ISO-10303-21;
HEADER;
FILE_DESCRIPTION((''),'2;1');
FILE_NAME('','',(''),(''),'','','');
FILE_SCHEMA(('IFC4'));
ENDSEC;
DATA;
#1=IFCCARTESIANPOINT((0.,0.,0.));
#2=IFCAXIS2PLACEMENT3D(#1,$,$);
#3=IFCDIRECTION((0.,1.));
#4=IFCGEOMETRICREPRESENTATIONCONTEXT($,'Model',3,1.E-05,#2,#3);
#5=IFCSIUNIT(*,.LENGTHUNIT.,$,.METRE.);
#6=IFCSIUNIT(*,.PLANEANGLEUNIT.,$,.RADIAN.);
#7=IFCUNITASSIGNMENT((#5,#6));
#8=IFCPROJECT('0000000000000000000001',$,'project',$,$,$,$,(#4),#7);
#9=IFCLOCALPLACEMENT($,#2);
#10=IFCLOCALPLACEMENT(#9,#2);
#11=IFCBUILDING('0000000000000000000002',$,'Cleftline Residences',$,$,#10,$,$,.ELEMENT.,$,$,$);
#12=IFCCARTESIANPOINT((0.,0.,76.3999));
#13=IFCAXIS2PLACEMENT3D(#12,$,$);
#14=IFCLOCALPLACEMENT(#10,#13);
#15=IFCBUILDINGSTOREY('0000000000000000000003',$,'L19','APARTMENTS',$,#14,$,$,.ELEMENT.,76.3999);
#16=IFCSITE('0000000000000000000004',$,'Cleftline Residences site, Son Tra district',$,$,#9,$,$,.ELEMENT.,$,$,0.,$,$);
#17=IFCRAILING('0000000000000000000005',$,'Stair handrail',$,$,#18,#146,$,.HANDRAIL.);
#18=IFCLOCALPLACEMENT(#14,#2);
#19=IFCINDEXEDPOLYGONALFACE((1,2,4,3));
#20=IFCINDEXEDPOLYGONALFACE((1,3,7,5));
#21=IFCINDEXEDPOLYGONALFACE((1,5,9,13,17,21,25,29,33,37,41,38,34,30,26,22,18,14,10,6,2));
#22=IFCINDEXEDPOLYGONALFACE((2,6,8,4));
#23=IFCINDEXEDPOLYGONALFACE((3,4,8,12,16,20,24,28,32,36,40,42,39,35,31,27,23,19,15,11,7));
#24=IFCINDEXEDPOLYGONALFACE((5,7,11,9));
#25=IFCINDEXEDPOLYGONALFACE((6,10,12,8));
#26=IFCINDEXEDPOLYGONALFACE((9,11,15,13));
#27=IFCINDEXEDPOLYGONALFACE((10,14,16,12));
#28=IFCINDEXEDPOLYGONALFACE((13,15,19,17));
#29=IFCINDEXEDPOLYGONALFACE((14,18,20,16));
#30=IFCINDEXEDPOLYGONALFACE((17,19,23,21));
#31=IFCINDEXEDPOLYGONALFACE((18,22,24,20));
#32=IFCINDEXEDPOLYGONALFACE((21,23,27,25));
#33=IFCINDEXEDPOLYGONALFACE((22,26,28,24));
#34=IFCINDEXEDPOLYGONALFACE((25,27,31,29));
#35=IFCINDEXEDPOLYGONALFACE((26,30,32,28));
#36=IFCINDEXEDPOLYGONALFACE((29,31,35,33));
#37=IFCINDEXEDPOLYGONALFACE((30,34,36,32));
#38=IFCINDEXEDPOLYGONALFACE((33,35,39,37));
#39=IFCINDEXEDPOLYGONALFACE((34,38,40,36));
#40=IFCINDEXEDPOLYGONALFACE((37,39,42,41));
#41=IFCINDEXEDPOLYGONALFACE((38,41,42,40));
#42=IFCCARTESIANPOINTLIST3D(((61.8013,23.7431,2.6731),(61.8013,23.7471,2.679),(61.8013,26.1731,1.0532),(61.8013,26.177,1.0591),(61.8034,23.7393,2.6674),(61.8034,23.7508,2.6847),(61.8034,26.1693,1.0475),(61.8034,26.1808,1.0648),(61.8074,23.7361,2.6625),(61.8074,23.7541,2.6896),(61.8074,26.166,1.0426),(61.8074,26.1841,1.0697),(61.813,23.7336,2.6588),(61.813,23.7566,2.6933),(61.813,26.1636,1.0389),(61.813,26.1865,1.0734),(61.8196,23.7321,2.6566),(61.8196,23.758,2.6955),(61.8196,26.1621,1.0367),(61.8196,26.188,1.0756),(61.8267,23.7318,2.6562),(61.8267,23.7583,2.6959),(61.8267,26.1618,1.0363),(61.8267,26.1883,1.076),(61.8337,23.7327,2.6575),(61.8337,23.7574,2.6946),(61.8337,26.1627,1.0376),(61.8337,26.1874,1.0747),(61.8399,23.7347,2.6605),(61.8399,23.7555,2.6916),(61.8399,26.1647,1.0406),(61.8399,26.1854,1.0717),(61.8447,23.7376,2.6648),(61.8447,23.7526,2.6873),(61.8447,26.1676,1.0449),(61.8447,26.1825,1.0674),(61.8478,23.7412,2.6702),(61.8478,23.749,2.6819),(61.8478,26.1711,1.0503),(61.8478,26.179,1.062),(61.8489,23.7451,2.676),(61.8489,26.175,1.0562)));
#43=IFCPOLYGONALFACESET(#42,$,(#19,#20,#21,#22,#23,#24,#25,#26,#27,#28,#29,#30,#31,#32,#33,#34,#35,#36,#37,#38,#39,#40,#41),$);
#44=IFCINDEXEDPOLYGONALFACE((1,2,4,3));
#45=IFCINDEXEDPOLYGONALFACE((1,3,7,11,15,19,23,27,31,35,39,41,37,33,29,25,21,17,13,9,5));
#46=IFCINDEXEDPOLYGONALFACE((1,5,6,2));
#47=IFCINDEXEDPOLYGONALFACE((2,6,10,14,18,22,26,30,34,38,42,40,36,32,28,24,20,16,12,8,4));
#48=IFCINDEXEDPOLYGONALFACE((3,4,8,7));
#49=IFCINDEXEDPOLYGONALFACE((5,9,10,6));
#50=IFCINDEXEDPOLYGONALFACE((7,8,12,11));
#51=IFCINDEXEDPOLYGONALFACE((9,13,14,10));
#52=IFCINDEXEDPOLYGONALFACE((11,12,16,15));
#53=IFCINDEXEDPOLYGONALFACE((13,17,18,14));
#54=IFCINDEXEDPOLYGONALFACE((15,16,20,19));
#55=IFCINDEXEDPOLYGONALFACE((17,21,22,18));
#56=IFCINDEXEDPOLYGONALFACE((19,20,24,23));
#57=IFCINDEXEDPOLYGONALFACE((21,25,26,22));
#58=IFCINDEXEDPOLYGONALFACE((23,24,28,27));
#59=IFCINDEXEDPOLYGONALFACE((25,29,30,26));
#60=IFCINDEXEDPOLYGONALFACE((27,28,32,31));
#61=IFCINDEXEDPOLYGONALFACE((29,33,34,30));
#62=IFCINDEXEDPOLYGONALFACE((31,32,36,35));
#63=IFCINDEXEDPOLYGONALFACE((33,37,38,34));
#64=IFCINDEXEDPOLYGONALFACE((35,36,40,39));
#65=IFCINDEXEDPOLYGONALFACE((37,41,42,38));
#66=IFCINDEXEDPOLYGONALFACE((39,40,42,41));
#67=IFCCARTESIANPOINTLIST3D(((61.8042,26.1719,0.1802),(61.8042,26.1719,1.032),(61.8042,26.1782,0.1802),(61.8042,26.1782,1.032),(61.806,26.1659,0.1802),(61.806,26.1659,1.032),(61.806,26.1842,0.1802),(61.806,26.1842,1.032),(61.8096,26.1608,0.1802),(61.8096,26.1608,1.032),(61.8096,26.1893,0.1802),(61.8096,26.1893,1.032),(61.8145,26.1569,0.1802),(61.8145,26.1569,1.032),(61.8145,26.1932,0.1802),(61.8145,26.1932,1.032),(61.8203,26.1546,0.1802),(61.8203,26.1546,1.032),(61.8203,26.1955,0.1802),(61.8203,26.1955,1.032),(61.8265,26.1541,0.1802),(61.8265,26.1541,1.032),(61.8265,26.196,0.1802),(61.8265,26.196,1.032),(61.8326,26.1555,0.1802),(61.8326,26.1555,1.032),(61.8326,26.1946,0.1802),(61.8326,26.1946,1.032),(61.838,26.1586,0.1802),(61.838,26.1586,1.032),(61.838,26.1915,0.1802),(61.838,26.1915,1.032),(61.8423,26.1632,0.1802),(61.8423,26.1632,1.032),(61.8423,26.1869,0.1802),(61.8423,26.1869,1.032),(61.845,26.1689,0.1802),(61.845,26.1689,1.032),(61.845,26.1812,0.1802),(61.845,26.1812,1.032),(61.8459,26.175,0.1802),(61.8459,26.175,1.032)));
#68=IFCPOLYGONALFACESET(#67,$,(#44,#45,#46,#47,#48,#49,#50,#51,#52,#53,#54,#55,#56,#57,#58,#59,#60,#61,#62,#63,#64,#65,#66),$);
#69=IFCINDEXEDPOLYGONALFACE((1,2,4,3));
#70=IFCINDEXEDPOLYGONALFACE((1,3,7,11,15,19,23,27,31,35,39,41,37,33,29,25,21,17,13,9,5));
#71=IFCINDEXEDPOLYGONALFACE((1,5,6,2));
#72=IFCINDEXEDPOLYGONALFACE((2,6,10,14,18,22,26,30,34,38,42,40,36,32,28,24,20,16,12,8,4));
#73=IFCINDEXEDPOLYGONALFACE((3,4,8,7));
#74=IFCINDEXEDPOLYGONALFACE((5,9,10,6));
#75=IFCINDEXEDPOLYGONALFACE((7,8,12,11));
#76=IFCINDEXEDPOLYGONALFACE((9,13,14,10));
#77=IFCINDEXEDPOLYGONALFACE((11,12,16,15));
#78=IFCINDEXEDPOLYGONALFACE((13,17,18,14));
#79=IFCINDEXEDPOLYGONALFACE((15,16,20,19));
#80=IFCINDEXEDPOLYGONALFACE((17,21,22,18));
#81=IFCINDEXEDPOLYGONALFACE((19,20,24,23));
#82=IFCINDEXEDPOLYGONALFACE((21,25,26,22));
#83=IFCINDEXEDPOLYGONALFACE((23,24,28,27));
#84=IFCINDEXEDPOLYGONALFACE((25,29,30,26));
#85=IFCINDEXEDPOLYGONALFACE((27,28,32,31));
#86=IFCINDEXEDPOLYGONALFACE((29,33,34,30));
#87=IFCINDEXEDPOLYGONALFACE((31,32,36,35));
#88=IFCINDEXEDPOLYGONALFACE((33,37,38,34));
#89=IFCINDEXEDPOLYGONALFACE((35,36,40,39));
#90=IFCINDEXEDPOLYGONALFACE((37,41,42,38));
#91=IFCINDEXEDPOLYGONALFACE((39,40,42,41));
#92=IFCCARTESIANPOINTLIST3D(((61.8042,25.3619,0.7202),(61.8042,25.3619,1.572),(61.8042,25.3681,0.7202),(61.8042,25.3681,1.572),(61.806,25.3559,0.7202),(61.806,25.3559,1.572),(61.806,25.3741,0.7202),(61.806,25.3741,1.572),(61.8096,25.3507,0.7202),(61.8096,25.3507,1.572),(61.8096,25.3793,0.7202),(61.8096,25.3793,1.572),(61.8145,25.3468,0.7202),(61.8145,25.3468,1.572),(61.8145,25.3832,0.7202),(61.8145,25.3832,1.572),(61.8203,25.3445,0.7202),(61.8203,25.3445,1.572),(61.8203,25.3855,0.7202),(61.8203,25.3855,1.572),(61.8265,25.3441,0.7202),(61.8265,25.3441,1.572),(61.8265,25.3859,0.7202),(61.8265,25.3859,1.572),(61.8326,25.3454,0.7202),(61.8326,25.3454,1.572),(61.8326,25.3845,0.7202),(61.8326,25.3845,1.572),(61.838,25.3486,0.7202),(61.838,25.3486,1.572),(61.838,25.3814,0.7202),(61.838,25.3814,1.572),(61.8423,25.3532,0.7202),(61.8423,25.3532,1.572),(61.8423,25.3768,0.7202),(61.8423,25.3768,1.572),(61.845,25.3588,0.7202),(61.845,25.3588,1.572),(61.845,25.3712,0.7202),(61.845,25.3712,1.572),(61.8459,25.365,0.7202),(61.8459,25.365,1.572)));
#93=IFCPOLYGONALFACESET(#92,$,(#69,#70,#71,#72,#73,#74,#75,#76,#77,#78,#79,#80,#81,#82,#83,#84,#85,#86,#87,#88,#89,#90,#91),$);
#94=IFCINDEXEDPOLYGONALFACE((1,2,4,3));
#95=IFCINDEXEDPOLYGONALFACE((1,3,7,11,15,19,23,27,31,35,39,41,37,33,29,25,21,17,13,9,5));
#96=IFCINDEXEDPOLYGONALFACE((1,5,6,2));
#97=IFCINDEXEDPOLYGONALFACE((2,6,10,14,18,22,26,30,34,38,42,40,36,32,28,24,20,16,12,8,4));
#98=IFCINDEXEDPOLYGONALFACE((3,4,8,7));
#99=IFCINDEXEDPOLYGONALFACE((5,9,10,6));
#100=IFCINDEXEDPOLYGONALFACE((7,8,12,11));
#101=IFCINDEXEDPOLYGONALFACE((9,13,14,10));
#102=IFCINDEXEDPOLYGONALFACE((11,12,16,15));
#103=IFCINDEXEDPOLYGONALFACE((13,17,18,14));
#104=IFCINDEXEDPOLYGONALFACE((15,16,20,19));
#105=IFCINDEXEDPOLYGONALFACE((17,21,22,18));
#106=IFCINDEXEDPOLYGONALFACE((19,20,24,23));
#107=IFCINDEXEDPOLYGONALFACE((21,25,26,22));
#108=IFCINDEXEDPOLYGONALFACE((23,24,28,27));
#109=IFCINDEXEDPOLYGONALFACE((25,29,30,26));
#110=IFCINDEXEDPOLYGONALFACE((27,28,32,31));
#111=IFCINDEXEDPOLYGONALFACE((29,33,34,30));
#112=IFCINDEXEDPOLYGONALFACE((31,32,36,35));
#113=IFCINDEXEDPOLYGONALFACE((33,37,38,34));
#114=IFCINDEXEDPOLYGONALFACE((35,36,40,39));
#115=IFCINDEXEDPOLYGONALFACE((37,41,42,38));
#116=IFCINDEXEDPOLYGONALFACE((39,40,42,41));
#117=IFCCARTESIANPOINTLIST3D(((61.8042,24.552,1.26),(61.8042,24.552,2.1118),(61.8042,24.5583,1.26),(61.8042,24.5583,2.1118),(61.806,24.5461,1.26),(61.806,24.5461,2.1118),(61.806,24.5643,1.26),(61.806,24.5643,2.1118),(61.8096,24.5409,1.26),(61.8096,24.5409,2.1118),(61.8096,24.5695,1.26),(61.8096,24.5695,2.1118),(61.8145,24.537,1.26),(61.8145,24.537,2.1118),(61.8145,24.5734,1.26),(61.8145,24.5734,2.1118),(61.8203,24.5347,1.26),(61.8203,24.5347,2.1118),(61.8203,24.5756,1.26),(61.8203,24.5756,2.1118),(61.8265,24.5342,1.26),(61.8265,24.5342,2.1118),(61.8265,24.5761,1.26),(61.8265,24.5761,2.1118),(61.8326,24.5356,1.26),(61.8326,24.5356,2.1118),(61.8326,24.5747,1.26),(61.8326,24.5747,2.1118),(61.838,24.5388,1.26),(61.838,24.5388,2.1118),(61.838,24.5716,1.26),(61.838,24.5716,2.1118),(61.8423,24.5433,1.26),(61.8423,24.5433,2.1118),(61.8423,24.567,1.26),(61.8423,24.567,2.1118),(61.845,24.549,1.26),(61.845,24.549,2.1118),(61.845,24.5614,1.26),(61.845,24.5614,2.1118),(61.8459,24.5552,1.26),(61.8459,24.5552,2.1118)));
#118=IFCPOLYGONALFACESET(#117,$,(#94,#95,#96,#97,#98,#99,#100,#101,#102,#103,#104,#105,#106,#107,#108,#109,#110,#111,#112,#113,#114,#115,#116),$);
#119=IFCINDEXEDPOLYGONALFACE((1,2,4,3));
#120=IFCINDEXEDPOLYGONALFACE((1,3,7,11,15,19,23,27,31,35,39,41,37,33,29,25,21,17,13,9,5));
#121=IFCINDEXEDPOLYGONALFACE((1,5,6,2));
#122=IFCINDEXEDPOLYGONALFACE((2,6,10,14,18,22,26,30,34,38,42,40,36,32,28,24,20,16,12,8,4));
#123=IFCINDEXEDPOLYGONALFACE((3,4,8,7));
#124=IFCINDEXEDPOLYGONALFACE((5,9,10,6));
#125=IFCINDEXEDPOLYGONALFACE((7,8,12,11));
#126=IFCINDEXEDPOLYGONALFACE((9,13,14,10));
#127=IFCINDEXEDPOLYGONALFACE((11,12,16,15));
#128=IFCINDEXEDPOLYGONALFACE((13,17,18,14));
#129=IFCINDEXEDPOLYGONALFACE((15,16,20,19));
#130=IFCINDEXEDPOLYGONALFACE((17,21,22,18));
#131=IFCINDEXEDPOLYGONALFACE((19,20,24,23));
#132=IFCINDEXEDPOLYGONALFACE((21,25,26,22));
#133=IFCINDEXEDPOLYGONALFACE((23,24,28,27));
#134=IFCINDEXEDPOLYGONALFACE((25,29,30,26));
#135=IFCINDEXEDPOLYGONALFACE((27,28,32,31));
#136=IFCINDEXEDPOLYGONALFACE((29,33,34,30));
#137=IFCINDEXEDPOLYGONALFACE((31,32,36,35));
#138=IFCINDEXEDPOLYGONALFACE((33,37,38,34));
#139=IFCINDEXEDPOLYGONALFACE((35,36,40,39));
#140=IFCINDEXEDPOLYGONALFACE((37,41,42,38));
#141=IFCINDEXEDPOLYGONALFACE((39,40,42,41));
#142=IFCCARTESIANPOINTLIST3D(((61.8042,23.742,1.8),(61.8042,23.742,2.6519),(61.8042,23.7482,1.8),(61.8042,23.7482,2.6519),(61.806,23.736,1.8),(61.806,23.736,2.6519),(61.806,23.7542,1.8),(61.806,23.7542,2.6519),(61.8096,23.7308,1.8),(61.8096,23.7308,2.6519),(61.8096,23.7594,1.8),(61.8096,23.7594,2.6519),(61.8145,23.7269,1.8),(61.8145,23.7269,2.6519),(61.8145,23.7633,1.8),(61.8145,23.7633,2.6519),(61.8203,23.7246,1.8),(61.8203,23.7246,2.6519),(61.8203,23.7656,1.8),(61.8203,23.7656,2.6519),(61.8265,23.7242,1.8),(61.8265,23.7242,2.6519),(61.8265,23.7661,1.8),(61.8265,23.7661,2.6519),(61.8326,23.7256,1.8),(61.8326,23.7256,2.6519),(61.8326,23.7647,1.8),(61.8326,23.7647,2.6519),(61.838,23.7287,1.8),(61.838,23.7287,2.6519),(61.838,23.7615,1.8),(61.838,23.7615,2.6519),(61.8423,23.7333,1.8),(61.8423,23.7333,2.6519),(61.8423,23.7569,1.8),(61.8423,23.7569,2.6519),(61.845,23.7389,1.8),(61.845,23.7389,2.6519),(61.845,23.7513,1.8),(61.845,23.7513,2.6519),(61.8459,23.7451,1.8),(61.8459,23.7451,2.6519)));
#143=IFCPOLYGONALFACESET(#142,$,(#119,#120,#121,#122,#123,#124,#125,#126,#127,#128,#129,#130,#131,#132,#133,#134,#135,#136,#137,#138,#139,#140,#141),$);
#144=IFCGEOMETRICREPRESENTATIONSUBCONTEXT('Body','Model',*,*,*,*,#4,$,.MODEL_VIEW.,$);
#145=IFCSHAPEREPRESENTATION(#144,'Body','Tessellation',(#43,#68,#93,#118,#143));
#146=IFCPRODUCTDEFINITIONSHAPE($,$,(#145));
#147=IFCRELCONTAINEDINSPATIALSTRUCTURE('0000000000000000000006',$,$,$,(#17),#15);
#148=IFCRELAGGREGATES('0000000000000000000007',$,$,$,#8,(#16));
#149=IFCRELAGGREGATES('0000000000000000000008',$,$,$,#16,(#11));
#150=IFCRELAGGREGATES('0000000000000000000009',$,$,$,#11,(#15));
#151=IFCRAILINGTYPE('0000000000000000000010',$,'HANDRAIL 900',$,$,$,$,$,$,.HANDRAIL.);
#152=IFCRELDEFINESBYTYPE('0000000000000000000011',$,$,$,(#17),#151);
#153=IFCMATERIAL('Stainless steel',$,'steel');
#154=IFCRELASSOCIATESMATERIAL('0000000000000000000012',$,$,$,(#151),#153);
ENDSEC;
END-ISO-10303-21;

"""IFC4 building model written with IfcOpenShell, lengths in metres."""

from ifc_helpers import new_model, si_unit, direction, frame, origin, origin_2d, place, context, subcontext, project, spatial, circle, extrude, material, type_object, element, save


model = new_model("IFC4")

# Units and contexts
model_context = context("Model", 3, precision=1e-05, world=origin(), true_north=direction((0.0, 1.0)))
body_context = subcontext(model_context, "Body", "Model", "MODEL_VIEW")
ifc_project = project(units=[si_unit("LENGTHUNIT", "METRE"), si_unit("PLANEANGLEUNIT", "RADIAN")], contexts=[model_context])

# Site, building, storey
site_placement = place(None, origin())
site = spatial("IfcSite", under=ifc_project, at=site_placement, Name="Cleftline Residences site, Son Tra district", CompositionType="ELEMENT", RefElevation=0.0)
building_placement = place(site_placement, origin())
building = spatial("IfcBuilding", under=site, at=building_placement, Name="Cleftline Residences", CompositionType="ELEMENT")
storey_placement = place(building_placement, frame((0.0, 0.0, 76.3999)))
storey = spatial("IfcBuildingStorey", under=building, at=storey_placement, Name="L19", Description="APARTMENTS", CompositionType="ELEMENT", Elevation=76.3999)

# Railing
ifc_material_1 = material(Name="Stainless steel", Category="steel")
railing_type = type_object("IfcRailingType", Name="HANDRAIL 900", PredefinedType="HANDRAIL", material=ifc_material_1)
railing_placement = place(storey_placement, frame((61.825, 26.175, 0.1802)))
element("IfcRailing", 1, at=railing_placement, inside=storey, type_object=railing_type, Name="Stair handrail", PredefinedType="HANDRAIL", context=body_context, shape_type="SweptSolid", body=[
    extrude(circle(Radius=0.0239, at=origin_2d()), frame((0.0, 0.0, 0.876), z_axis=(0.0, -0.832063, 0.554681), x_axis=(1.0, 0.0, 0.0)), (0.0, 0.0, 1.0), 2.9204),
    extrude(circle(Radius=0.021, at=origin_2d()), origin(), (0.0, 0.0, 1.0), 0.8518),
    extrude(circle(Radius=0.021, at=origin_2d()), frame((0.0, -0.8101, 0.54)), (0.0, 0.0, 1.0), 0.8518),
    extrude(circle(Radius=0.021, at=origin_2d()), frame((0.0, -1.6199, 1.0798)), (0.0, 0.0, 1.0), 0.8518),
    extrude(circle(Radius=0.021, at=origin_2d()), frame((0.0, -2.4299, 1.6199)), (0.0, 0.0, 1.0), 0.8518),
])

save(model, "model.ifc")
